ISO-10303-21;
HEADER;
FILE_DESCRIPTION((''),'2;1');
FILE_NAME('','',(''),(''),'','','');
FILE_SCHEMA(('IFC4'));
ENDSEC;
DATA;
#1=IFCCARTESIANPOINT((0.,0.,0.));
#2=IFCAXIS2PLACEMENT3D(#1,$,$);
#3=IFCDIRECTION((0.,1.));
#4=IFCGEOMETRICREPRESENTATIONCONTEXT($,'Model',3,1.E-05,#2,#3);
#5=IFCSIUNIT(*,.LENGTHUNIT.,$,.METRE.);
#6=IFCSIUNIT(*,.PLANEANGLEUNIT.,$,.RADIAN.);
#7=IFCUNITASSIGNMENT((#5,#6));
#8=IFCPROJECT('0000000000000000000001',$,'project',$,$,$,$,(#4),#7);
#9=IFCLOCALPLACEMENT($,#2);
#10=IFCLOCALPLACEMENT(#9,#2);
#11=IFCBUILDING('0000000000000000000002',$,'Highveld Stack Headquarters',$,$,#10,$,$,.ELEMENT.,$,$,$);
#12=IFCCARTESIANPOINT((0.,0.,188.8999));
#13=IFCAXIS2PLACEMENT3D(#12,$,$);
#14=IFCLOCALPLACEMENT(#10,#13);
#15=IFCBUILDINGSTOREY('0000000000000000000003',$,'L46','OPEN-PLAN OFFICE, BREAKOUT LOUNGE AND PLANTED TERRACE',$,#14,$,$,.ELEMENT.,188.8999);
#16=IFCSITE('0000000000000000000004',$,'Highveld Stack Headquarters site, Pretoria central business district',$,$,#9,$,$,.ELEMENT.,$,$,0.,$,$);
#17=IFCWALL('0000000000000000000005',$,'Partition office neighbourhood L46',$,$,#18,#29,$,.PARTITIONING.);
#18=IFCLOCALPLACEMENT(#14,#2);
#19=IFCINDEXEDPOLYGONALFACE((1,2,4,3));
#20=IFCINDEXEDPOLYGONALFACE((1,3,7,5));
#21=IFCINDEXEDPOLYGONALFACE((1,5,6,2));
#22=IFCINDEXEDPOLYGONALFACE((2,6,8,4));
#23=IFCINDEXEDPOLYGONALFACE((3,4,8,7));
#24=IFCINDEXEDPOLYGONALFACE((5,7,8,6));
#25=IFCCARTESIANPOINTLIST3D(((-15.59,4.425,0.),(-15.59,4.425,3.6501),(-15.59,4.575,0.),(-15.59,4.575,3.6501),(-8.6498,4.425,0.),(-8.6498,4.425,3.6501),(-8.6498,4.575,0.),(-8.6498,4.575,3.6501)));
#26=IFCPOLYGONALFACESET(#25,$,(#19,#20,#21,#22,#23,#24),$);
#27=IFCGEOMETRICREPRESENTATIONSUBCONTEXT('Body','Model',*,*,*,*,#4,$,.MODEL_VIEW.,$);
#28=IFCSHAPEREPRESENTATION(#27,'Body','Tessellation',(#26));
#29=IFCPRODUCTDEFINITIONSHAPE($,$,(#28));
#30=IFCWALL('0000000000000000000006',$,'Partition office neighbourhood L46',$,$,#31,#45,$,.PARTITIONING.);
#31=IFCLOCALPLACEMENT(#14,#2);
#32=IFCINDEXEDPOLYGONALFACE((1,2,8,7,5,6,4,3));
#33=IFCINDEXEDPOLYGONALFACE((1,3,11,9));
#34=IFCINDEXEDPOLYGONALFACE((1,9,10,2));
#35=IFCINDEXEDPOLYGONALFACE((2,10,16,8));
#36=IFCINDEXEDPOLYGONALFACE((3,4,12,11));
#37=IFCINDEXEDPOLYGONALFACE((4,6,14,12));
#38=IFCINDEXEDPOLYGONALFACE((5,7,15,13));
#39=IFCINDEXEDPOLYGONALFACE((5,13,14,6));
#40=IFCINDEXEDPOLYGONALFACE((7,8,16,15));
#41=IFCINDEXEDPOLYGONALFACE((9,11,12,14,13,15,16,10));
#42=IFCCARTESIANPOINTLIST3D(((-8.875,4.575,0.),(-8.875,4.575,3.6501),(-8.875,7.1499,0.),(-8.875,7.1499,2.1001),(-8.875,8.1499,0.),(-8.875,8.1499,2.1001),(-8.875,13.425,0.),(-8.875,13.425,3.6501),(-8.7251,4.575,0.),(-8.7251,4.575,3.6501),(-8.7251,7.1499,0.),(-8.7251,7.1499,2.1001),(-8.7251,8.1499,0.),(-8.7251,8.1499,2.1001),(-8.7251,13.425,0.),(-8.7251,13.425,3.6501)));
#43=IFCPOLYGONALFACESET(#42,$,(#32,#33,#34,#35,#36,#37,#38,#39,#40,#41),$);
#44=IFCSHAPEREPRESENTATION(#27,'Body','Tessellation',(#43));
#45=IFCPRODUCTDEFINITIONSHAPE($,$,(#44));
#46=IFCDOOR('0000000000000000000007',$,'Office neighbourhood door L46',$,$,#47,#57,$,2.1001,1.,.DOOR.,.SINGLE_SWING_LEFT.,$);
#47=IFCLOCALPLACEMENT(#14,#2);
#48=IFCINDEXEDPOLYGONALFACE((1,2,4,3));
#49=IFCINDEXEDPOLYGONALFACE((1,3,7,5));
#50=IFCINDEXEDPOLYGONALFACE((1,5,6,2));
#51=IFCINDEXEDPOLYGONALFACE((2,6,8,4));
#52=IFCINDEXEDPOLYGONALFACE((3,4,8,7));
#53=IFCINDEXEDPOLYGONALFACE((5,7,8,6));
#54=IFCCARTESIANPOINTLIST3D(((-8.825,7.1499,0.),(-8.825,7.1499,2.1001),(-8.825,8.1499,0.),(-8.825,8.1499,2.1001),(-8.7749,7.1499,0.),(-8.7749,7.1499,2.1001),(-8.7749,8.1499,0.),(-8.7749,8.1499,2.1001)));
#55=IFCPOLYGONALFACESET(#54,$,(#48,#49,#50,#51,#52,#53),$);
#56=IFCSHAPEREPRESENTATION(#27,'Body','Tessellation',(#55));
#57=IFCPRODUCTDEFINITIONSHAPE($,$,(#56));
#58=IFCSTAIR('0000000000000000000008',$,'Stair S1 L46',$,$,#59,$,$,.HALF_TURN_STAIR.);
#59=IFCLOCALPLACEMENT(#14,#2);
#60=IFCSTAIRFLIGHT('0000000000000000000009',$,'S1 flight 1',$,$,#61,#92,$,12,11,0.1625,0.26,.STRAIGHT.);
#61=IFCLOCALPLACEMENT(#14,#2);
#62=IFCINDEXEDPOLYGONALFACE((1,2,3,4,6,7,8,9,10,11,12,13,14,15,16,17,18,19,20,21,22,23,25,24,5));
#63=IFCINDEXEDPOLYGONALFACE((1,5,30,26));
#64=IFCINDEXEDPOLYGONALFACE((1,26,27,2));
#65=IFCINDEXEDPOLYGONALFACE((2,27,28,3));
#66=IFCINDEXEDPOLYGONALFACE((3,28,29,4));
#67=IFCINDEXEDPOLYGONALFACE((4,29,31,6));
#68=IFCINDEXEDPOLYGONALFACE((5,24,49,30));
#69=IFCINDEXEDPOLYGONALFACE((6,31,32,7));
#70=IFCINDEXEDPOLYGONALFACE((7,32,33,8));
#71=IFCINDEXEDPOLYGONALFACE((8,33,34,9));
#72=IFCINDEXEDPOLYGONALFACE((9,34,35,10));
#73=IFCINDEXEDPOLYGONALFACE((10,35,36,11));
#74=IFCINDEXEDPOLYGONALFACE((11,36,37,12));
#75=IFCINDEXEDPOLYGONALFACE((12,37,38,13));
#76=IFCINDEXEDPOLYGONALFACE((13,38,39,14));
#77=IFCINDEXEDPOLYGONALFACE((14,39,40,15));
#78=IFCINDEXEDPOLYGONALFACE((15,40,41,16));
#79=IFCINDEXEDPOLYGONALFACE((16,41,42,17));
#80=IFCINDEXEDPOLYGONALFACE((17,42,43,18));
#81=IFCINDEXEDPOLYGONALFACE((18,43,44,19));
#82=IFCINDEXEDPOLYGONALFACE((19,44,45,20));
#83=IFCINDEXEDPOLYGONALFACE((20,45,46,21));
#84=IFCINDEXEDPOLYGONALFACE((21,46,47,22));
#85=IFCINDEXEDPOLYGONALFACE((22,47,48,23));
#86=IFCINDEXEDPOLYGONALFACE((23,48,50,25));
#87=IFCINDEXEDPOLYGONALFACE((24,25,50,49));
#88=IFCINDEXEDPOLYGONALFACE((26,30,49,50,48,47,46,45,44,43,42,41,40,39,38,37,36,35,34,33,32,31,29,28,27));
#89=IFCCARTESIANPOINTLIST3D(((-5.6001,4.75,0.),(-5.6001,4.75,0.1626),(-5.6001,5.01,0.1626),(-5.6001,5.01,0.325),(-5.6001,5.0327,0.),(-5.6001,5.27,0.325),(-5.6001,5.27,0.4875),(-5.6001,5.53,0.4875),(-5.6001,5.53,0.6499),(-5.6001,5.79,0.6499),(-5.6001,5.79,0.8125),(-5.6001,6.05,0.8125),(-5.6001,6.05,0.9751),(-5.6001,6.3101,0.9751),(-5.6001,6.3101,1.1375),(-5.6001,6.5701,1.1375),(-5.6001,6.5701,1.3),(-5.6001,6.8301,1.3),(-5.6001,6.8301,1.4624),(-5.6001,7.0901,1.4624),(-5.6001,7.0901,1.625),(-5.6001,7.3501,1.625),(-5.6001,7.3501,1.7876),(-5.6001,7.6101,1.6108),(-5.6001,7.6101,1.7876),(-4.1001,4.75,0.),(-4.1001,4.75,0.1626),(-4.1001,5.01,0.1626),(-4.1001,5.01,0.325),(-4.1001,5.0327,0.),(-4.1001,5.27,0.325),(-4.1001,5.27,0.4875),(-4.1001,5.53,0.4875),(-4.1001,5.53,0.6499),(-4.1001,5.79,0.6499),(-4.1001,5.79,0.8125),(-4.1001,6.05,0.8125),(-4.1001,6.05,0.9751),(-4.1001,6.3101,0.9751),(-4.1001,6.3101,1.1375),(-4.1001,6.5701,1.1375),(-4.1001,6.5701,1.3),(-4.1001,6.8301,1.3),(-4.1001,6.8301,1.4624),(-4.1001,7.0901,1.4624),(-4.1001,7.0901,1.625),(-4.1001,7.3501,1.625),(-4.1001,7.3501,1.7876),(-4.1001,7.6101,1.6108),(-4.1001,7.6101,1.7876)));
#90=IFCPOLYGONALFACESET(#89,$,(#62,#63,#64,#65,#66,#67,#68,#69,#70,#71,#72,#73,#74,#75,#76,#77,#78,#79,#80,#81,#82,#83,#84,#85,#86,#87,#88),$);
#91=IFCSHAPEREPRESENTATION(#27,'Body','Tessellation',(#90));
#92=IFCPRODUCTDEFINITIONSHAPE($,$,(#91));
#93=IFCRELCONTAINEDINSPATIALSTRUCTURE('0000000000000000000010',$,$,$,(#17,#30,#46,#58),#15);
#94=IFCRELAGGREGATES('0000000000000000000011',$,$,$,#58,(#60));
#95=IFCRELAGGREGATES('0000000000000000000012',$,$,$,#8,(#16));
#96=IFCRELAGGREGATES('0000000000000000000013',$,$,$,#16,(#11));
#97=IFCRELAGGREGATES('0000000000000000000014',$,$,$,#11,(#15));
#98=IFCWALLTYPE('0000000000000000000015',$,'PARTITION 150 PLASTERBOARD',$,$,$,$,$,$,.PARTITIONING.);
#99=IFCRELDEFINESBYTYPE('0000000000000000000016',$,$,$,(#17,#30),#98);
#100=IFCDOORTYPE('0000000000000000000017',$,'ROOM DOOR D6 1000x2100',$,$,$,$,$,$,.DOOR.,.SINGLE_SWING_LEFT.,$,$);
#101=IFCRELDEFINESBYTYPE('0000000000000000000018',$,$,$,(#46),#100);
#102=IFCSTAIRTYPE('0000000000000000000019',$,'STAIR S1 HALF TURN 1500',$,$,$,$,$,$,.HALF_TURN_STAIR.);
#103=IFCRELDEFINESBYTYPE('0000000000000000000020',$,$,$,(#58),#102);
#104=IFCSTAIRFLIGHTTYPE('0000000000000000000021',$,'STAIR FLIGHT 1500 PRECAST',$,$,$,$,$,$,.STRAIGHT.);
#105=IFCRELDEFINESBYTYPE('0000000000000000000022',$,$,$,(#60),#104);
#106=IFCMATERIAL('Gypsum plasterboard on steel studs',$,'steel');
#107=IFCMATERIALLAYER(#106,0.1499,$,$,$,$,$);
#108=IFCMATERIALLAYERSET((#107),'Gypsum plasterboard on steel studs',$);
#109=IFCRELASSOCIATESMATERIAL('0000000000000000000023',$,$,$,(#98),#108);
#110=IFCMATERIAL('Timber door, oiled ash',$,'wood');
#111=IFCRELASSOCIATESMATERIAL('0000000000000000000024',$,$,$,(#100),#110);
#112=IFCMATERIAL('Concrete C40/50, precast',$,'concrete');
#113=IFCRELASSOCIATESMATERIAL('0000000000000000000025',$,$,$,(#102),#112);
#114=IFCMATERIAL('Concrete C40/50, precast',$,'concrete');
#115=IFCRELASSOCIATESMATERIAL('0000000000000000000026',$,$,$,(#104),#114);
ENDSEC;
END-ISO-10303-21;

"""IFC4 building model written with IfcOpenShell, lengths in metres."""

from ifc_helpers import new_model, si_unit, direction, frame, frame_2d, origin, place, context, subcontext, project, spatial, polyline, rectangle, outline, extrude, material, layer, layer_set, type_object, element, fill, aggregate, save


model = new_model("IFC4")

# Units and contexts
model_context = context("Model", 3, precision=1e-05, world=origin(), true_north=direction((0.0, 1.0)))
body_context = subcontext(model_context, "Body", "Model", "MODEL_VIEW")
ifc_project = project(units=[si_unit("LENGTHUNIT", "METRE"), si_unit("PLANEANGLEUNIT", "RADIAN")], contexts=[model_context])

# Site, building, storey
site_placement = place(None, origin())
site = spatial("IfcSite", under=ifc_project, at=site_placement, Name="Highveld Stack Headquarters site, Pretoria central business district", CompositionType="ELEMENT", RefElevation=0.0)
building_placement = place(site_placement, origin())
building = spatial("IfcBuilding", under=site, at=building_placement, Name="Highveld Stack Headquarters", CompositionType="ELEMENT")
storey_placement = place(building_placement, frame((0.0, 0.0, 188.8999)))
storey = spatial("IfcBuildingStorey", under=building, at=storey_placement, Name="L46", Description="OPEN-PLAN OFFICE, BREAKOUT LOUNGE AND PLANTED TERRACE", CompositionType="ELEMENT", Elevation=188.8999)

# Wall
ifc_material_1 = material(Name="Gypsum plasterboard on steel studs", Category="steel")
ifc_layer_1 = layer(ifc_material_1, 0.1499)
ifc_layer_set_1 = layer_set([ifc_layer_1], Name="Gypsum plasterboard on steel studs")
wall_type_1 = type_object("IfcWallType", Name="PARTITION 150 PLASTERBOARD", PredefinedType="PARTITIONING", material=ifc_layer_set_1)
wall_1_placement = place(storey_placement, frame((-15.5901, 4.5, 0.0), z_axis=(0.0, 0.0, 1.0), x_axis=(1.0, 0.0, 0.0)))
element("IfcWall", 1, at=wall_1_placement, inside=storey, type_object=wall_type_1, Name="Partition office neighbourhood L46", PredefinedType="PARTITIONING", context=body_context, shape_type="SweptSolid", body=[
    extrude(rectangle(XDim=6.9402, YDim=0.1499, at=frame_2d((3.4702, 0.0))), origin(), (0.0, 0.0, 1.0), 3.6501),
])

# Wall, opening, door
wall_2_placement = place(storey_placement, frame((-8.8, 4.575, 0.0), z_axis=(0.0, 0.0, 1.0), x_axis=(0.0, 1.0, 0.0)))
wall_2 = element("IfcWall", 2, at=wall_2_placement, inside=storey, type_object=wall_type_1, Name="Partition office neighbourhood L46", PredefinedType="PARTITIONING", context=body_context, shape_type="SweptSolid", body=[
    extrude(rectangle(XDim=8.8501, YDim=0.1499, at=frame_2d((4.425, 0.0))), origin(), (0.0, 0.0, 1.0), 3.6501),
])
opening_1_placement = place(wall_2_placement, frame((2.575, 0.0, 0.0)))
opening_1 = element("IfcOpeningElement", 3, at=opening_1_placement, cuts=wall_2, PredefinedType="OPENING", context=body_context, shape_type="SweptSolid", body=[
    extrude(rectangle(XDim=1.0, YDim=2.1001, at=frame_2d((0.5, 1.05))), frame((0.0, 0.085, 0.0), z_axis=(0.0, -1.0, 0.0), x_axis=(1.0, 0.0, 0.0)), (0.0, 0.0, 1.0), 0.1699),
])
ifc_material_2 = material(Name="Timber door, oiled ash", Category="wood")
door_type_1 = type_object("IfcDoorType", Name="ROOM DOOR D6 1000x2100", OperationType="SINGLE_SWING_LEFT", PredefinedType="DOOR", material=ifc_material_2)
door_1_placement = place(opening_1_placement, origin())
door_1 = element("IfcDoor", 4, at=door_1_placement, inside=storey, type_object=door_type_1, Name="Office neighbourhood door L46", OperationType="SINGLE_SWING_LEFT", OverallHeight=2.1001, OverallWidth=1.0, PredefinedType="DOOR", context=body_context, shape_type="SweptSolid", body=[
    extrude(rectangle(XDim=1.0, YDim=2.1001, at=frame_2d((0.5, 1.05))), frame((0.0, 0.0249, 0.0), z_axis=(0.0, -1.0, 0.0), x_axis=(1.0, 0.0, 0.0)), (0.0, 0.0, 1.0), 0.05),
])
fill(opening_1, door_1)

# Stair, stair flight
ifc_material_3 = material(Name="Concrete C40/50, precast", Category="concrete")
stair_type = type_object("IfcStairType", Name="STAIR S1 HALF TURN 1500", PredefinedType="HALF_TURN_STAIR", material=ifc_material_3)
stair_placement = place(storey_placement, origin())
stair = element("IfcStair", 5, at=stair_placement, inside=storey, type_object=stair_type, Name="Stair S1 L46", PredefinedType="HALF_TURN_STAIR")
ifc_material_4 = material(Name="Concrete C40/50, precast", Category="concrete")
stair_flight_type = type_object("IfcStairFlightType", Name="STAIR FLIGHT 1500 PRECAST", PredefinedType="STRAIGHT", material=ifc_material_4)
stair_flight_placement = place(storey_placement, frame((-4.8501, 4.75, 0.0), z_axis=(0.0, 0.0, 1.0), x_axis=(0.0, 1.0, 0.0)))
stair_flight = element("IfcStairFlight", 6, at=stair_flight_placement, type_object=stair_flight_type, Name="S1 flight 1", NumberOfRisers=12, NumberOfTreads=11, PredefinedType="STRAIGHT", RiserHeight=0.1625, TreadLength=0.26, context=body_context, shape_type="SweptSolid", body=[
    extrude(outline(polyline([(0.0, 0.0), (0.0, 0.1626), (0.26, 0.1626), (0.26, 0.325), (0.52, 0.325), (0.52, 0.4875), (0.78, 0.4875), (0.78, 0.6499), (1.04, 0.6499), (1.04, 0.8125), (1.3, 0.8125), (1.3, 0.9751), (1.5601, 0.9751), (1.5601, 1.1375), (1.8201, 1.1375), (1.8201, 1.3), (2.0801, 1.3), (2.0801, 1.4624), (2.3401, 1.4624), (2.3401, 1.625), (2.6001, 1.625), (2.6001, 1.7876), (2.8601, 1.7876), (2.8601, 1.95), (2.8601, 1.6108), (0.2827, 0.0), (0.0, 0.0)])), frame((0.0, 0.75, 0.0), z_axis=(0.0, -1.0, 0.0), x_axis=(1.0, 0.0, 0.0)), (0.0, 0.0, 1.0), 1.5),
])
aggregate(stair, [stair_flight])

save(model, "model.ifc")
